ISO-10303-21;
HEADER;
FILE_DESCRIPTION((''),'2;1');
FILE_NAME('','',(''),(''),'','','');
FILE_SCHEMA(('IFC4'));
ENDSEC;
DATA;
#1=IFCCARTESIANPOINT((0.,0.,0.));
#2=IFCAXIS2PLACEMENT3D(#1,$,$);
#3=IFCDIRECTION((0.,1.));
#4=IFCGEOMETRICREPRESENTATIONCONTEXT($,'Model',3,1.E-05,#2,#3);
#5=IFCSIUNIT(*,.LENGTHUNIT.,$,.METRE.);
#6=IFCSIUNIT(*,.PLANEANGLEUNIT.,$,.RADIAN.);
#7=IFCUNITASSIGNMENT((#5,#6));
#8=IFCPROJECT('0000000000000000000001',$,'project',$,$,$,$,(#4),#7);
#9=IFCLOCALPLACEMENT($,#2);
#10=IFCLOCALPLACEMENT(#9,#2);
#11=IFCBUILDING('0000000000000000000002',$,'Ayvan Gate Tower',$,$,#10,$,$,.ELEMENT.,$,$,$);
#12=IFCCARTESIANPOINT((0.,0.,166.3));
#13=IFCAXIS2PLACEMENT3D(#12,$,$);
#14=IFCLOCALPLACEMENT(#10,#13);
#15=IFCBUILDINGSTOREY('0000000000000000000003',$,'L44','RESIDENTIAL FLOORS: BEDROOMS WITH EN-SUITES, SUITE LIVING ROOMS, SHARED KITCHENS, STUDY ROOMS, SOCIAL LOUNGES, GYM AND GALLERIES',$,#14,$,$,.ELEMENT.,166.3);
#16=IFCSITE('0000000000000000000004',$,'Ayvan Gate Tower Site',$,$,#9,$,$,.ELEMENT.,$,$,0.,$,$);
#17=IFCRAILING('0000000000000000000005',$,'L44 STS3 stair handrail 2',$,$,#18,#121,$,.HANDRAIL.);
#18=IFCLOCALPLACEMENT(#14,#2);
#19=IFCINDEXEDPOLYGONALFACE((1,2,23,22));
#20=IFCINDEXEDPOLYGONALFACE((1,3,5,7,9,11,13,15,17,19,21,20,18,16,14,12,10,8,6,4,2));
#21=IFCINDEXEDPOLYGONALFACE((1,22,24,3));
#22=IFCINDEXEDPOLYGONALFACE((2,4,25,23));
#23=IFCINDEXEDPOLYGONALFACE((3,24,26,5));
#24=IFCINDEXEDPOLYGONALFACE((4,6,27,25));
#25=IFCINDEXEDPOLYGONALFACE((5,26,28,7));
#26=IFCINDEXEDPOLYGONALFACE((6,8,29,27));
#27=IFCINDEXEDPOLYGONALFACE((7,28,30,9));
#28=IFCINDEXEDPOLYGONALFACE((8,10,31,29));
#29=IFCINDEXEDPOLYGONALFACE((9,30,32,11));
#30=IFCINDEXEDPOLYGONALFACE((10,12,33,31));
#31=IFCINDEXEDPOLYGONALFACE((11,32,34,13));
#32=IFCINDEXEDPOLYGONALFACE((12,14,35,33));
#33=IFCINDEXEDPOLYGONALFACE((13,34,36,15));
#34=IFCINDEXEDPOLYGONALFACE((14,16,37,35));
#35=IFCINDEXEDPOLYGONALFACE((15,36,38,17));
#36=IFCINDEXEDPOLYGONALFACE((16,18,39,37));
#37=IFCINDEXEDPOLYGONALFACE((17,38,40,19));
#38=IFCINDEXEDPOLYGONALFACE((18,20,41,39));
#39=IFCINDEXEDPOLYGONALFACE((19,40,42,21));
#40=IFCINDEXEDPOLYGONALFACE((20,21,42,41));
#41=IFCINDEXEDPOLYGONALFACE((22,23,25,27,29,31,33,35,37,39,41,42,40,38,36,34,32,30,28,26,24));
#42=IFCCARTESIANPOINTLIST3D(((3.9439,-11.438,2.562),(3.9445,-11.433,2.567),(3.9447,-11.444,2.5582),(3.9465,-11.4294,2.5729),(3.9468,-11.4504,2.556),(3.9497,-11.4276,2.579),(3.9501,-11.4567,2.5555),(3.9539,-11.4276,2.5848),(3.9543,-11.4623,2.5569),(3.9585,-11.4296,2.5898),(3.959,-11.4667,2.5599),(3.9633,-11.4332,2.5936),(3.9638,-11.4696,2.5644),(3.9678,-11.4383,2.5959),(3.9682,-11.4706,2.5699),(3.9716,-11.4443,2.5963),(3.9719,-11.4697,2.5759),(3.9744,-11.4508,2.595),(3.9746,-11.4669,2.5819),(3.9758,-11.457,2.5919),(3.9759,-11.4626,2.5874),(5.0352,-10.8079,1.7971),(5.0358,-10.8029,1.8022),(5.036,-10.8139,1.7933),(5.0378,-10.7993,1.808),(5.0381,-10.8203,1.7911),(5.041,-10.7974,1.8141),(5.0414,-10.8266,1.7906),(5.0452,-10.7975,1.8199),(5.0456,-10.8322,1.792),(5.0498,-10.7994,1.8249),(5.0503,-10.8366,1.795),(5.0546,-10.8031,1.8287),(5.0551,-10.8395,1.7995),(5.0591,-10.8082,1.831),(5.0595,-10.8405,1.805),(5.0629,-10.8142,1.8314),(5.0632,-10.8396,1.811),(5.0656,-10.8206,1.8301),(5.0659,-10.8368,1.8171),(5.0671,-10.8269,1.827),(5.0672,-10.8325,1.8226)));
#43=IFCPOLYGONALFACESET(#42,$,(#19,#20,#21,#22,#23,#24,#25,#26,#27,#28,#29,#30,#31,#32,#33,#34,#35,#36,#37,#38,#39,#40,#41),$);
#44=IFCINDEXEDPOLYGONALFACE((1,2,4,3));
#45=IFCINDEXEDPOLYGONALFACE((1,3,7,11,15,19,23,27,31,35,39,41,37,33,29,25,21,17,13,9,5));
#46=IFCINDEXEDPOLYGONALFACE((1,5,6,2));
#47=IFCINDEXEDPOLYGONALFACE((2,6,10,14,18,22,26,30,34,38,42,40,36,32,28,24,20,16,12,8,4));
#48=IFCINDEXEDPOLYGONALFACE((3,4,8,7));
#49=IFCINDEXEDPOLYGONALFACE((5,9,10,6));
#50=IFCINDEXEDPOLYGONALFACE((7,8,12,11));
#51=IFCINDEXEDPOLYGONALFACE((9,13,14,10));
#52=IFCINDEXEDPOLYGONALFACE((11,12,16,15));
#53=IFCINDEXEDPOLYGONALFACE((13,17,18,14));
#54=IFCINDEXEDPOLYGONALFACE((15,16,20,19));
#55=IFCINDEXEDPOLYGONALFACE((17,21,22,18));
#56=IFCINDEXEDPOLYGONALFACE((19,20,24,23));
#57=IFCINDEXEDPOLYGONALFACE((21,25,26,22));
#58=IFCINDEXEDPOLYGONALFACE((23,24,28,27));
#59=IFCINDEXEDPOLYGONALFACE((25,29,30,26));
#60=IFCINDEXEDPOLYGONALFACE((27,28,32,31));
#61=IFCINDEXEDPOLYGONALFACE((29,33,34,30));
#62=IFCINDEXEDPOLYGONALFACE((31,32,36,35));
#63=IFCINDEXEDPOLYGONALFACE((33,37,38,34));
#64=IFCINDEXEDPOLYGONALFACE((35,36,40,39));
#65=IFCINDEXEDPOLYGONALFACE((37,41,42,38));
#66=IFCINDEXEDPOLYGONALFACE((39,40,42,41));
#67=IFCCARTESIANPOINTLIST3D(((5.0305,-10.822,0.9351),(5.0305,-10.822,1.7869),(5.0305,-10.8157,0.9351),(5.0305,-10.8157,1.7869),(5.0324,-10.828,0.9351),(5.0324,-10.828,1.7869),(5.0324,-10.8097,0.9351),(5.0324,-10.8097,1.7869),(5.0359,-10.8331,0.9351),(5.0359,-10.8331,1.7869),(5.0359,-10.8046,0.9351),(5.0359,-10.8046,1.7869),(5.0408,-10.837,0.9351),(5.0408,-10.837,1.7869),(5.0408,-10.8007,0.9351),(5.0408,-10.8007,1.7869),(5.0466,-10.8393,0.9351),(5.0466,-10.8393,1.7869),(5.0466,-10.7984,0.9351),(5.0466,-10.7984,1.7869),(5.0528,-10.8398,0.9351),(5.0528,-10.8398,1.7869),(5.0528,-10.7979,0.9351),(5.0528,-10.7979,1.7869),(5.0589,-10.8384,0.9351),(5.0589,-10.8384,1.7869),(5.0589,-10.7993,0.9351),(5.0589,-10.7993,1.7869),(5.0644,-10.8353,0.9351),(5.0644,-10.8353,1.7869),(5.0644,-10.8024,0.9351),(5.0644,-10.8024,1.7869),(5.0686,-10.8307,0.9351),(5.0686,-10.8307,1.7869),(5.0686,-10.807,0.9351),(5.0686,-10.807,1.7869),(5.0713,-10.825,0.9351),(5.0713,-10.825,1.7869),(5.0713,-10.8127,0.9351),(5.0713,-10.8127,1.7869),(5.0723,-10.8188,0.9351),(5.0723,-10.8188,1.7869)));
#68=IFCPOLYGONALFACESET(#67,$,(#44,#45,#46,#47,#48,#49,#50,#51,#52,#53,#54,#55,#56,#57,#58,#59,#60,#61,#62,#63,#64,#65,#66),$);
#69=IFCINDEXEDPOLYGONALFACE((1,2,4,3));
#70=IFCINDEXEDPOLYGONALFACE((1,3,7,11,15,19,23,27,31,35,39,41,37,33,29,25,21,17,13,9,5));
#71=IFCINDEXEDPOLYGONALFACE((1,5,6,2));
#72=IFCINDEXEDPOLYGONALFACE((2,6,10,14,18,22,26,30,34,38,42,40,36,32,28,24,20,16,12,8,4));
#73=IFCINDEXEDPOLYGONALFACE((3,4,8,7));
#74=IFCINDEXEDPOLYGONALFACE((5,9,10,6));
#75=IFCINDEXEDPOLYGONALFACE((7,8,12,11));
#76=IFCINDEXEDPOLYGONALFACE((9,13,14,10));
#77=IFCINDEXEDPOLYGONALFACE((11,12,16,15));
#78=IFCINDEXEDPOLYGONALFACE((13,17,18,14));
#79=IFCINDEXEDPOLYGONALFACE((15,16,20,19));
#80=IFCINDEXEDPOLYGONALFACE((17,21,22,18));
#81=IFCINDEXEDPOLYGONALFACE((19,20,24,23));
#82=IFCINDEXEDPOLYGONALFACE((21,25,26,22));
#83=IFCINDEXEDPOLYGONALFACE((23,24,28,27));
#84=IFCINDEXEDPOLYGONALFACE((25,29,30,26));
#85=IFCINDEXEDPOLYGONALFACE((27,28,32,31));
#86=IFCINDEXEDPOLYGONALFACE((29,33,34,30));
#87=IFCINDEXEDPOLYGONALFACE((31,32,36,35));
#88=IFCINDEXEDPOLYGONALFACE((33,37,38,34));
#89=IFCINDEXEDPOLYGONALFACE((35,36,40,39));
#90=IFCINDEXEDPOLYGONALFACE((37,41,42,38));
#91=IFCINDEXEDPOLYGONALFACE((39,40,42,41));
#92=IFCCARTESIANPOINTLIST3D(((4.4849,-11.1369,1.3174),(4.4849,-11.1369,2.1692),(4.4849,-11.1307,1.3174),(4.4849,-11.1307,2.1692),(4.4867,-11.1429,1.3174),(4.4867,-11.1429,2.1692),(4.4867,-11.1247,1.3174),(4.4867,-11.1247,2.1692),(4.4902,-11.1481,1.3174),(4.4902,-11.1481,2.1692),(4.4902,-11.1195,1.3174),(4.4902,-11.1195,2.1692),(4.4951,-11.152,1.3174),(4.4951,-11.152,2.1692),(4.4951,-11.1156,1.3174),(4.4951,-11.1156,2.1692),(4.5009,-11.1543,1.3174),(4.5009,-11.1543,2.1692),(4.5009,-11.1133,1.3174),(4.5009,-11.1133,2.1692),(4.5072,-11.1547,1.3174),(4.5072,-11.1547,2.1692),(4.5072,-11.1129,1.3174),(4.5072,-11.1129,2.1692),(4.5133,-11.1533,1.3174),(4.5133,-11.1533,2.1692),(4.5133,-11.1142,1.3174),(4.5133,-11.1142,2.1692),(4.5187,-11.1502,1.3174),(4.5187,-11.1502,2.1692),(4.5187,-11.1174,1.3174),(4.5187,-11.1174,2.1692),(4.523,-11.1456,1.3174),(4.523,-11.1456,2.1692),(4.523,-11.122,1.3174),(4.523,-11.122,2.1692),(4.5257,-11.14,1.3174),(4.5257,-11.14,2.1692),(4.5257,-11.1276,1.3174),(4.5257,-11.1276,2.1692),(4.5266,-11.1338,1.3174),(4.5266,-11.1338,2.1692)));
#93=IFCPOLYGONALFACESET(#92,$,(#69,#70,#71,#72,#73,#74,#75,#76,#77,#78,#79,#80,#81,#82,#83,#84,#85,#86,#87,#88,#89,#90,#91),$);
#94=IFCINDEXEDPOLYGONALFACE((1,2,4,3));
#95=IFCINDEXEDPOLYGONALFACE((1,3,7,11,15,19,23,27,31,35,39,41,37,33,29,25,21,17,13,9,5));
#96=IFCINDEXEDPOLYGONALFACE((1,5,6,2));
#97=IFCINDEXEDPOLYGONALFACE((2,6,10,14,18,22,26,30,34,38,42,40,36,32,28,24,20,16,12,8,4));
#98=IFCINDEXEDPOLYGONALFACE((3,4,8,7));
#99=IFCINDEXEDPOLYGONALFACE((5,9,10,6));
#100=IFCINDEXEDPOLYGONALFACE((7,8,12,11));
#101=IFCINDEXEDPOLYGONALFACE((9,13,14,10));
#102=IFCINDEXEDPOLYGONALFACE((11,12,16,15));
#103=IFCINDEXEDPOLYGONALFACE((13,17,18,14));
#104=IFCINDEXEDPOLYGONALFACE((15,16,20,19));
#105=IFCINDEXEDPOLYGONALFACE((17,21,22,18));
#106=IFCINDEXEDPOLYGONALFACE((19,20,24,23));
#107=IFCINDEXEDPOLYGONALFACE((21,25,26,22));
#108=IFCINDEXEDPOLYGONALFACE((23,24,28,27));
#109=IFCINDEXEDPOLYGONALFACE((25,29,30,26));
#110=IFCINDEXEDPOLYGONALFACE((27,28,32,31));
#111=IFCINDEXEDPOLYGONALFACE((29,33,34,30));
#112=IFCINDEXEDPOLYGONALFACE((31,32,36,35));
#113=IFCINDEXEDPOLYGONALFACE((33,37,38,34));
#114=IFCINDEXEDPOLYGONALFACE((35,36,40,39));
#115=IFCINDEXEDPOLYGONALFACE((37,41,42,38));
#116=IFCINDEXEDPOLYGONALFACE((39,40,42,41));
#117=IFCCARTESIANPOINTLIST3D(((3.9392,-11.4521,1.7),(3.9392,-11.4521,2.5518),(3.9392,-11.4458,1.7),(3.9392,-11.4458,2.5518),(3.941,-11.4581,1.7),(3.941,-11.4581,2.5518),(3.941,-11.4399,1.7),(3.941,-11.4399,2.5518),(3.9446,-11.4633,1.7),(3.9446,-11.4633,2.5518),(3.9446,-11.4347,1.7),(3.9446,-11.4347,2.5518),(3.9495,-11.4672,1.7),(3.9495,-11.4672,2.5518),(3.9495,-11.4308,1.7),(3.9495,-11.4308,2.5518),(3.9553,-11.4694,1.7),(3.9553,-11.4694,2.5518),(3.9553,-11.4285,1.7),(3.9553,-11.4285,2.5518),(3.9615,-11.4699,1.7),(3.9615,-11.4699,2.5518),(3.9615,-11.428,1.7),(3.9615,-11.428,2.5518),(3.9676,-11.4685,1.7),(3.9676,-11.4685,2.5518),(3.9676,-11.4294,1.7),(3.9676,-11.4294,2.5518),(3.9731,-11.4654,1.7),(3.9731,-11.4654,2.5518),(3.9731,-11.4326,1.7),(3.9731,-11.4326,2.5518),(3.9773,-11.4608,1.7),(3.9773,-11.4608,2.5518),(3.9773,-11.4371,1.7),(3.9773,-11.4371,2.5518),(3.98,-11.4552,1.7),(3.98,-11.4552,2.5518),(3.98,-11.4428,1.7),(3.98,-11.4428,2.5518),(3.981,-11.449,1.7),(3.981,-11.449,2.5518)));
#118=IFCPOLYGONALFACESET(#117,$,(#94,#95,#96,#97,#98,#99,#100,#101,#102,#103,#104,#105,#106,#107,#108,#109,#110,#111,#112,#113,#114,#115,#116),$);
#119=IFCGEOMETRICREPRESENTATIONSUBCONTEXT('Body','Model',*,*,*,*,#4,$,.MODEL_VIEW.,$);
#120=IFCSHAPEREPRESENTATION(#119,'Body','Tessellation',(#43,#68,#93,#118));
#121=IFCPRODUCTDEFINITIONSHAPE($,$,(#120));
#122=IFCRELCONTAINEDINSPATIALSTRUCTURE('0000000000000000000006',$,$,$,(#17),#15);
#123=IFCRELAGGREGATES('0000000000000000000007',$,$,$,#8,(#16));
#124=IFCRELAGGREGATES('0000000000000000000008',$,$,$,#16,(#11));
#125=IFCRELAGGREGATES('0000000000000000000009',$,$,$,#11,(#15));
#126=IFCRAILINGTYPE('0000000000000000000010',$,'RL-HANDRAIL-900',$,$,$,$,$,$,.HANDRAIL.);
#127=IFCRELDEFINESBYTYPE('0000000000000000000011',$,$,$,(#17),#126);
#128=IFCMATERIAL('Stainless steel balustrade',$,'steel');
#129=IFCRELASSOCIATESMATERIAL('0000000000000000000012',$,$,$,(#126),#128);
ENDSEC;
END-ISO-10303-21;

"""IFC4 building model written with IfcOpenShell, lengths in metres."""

from ifc_helpers import new_model, si_unit, direction, frame, origin, origin_2d, place, context, subcontext, project, spatial, circle, extrude, material, type_object, element, save


model = new_model("IFC4")

# Units and contexts
model_context = context("Model", 3, precision=1e-05, world=origin(), true_north=direction((0.0, 1.0)))
body_context = subcontext(model_context, "Body", "Model", "MODEL_VIEW")
ifc_project = project(units=[si_unit("LENGTHUNIT", "METRE"), si_unit("PLANEANGLEUNIT", "RADIAN")], contexts=[model_context])

# Site, building, storey
site_placement = place(None, origin())
site = spatial("IfcSite", under=ifc_project, at=site_placement, Name="Ayvan Gate Tower Site", CompositionType="ELEMENT", RefElevation=0.0)
building_placement = place(site_placement, origin())
building = spatial("IfcBuilding", under=site, at=building_placement, Name="Ayvan Gate Tower", CompositionType="ELEMENT")
storey_placement = place(building_placement, frame((0.0, 0.0, 166.3)))
storey = spatial("IfcBuildingStorey", under=building, at=storey_placement, Name="L44", Description="RESIDENTIAL FLOORS: BEDROOMS WITH EN-SUITES, SUITE LIVING ROOMS, SHARED KITCHENS, STUDY ROOMS, SOCIAL LOUNGES, GYM AND GALLERIES", CompositionType="ELEMENT", Elevation=166.3)

# Railing
ifc_material_1 = material(Name="Stainless steel balustrade", Category="steel")
railing_type_1 = type_object("IfcRailingType", Name="RL-HANDRAIL-900", PredefinedType="HANDRAIL", material=ifc_material_1)
railing_1_placement = place(storey_placement, frame((5.0513, -10.8188, 0.9351)))
element("IfcRailing", 1, at=railing_1_placement, inside=storey, type_object=railing_type_1, Name="L44 STS3 stair handrail 2", PredefinedType="HANDRAIL", context=body_context, shape_type="SweptSolid", body=[
    extrude(circle(Radius=0.0239, at=origin_2d()), frame((0.0, 0.0, 0.876), z_axis=(-0.740304, -0.427455, 0.518875), x_axis=(0.500035, -0.866005, 0.0)), (0.0, 0.0, 1.0), 1.4741),
    extrude(circle(Radius=0.021, at=origin_2d()), origin(), (0.0, 0.0, 1.0), 0.8518),
    extrude(circle(Radius=0.021, at=origin_2d()), frame((-0.5457, -0.3149, 0.3823)), (0.0, 0.0, 1.0), 0.8518),
    extrude(circle(Radius=0.021, at=origin_2d()), frame((-1.0913, -0.6301, 0.7649)), (0.0, 0.0, 1.0), 0.8518),
])

save(model, "model.ifc")
